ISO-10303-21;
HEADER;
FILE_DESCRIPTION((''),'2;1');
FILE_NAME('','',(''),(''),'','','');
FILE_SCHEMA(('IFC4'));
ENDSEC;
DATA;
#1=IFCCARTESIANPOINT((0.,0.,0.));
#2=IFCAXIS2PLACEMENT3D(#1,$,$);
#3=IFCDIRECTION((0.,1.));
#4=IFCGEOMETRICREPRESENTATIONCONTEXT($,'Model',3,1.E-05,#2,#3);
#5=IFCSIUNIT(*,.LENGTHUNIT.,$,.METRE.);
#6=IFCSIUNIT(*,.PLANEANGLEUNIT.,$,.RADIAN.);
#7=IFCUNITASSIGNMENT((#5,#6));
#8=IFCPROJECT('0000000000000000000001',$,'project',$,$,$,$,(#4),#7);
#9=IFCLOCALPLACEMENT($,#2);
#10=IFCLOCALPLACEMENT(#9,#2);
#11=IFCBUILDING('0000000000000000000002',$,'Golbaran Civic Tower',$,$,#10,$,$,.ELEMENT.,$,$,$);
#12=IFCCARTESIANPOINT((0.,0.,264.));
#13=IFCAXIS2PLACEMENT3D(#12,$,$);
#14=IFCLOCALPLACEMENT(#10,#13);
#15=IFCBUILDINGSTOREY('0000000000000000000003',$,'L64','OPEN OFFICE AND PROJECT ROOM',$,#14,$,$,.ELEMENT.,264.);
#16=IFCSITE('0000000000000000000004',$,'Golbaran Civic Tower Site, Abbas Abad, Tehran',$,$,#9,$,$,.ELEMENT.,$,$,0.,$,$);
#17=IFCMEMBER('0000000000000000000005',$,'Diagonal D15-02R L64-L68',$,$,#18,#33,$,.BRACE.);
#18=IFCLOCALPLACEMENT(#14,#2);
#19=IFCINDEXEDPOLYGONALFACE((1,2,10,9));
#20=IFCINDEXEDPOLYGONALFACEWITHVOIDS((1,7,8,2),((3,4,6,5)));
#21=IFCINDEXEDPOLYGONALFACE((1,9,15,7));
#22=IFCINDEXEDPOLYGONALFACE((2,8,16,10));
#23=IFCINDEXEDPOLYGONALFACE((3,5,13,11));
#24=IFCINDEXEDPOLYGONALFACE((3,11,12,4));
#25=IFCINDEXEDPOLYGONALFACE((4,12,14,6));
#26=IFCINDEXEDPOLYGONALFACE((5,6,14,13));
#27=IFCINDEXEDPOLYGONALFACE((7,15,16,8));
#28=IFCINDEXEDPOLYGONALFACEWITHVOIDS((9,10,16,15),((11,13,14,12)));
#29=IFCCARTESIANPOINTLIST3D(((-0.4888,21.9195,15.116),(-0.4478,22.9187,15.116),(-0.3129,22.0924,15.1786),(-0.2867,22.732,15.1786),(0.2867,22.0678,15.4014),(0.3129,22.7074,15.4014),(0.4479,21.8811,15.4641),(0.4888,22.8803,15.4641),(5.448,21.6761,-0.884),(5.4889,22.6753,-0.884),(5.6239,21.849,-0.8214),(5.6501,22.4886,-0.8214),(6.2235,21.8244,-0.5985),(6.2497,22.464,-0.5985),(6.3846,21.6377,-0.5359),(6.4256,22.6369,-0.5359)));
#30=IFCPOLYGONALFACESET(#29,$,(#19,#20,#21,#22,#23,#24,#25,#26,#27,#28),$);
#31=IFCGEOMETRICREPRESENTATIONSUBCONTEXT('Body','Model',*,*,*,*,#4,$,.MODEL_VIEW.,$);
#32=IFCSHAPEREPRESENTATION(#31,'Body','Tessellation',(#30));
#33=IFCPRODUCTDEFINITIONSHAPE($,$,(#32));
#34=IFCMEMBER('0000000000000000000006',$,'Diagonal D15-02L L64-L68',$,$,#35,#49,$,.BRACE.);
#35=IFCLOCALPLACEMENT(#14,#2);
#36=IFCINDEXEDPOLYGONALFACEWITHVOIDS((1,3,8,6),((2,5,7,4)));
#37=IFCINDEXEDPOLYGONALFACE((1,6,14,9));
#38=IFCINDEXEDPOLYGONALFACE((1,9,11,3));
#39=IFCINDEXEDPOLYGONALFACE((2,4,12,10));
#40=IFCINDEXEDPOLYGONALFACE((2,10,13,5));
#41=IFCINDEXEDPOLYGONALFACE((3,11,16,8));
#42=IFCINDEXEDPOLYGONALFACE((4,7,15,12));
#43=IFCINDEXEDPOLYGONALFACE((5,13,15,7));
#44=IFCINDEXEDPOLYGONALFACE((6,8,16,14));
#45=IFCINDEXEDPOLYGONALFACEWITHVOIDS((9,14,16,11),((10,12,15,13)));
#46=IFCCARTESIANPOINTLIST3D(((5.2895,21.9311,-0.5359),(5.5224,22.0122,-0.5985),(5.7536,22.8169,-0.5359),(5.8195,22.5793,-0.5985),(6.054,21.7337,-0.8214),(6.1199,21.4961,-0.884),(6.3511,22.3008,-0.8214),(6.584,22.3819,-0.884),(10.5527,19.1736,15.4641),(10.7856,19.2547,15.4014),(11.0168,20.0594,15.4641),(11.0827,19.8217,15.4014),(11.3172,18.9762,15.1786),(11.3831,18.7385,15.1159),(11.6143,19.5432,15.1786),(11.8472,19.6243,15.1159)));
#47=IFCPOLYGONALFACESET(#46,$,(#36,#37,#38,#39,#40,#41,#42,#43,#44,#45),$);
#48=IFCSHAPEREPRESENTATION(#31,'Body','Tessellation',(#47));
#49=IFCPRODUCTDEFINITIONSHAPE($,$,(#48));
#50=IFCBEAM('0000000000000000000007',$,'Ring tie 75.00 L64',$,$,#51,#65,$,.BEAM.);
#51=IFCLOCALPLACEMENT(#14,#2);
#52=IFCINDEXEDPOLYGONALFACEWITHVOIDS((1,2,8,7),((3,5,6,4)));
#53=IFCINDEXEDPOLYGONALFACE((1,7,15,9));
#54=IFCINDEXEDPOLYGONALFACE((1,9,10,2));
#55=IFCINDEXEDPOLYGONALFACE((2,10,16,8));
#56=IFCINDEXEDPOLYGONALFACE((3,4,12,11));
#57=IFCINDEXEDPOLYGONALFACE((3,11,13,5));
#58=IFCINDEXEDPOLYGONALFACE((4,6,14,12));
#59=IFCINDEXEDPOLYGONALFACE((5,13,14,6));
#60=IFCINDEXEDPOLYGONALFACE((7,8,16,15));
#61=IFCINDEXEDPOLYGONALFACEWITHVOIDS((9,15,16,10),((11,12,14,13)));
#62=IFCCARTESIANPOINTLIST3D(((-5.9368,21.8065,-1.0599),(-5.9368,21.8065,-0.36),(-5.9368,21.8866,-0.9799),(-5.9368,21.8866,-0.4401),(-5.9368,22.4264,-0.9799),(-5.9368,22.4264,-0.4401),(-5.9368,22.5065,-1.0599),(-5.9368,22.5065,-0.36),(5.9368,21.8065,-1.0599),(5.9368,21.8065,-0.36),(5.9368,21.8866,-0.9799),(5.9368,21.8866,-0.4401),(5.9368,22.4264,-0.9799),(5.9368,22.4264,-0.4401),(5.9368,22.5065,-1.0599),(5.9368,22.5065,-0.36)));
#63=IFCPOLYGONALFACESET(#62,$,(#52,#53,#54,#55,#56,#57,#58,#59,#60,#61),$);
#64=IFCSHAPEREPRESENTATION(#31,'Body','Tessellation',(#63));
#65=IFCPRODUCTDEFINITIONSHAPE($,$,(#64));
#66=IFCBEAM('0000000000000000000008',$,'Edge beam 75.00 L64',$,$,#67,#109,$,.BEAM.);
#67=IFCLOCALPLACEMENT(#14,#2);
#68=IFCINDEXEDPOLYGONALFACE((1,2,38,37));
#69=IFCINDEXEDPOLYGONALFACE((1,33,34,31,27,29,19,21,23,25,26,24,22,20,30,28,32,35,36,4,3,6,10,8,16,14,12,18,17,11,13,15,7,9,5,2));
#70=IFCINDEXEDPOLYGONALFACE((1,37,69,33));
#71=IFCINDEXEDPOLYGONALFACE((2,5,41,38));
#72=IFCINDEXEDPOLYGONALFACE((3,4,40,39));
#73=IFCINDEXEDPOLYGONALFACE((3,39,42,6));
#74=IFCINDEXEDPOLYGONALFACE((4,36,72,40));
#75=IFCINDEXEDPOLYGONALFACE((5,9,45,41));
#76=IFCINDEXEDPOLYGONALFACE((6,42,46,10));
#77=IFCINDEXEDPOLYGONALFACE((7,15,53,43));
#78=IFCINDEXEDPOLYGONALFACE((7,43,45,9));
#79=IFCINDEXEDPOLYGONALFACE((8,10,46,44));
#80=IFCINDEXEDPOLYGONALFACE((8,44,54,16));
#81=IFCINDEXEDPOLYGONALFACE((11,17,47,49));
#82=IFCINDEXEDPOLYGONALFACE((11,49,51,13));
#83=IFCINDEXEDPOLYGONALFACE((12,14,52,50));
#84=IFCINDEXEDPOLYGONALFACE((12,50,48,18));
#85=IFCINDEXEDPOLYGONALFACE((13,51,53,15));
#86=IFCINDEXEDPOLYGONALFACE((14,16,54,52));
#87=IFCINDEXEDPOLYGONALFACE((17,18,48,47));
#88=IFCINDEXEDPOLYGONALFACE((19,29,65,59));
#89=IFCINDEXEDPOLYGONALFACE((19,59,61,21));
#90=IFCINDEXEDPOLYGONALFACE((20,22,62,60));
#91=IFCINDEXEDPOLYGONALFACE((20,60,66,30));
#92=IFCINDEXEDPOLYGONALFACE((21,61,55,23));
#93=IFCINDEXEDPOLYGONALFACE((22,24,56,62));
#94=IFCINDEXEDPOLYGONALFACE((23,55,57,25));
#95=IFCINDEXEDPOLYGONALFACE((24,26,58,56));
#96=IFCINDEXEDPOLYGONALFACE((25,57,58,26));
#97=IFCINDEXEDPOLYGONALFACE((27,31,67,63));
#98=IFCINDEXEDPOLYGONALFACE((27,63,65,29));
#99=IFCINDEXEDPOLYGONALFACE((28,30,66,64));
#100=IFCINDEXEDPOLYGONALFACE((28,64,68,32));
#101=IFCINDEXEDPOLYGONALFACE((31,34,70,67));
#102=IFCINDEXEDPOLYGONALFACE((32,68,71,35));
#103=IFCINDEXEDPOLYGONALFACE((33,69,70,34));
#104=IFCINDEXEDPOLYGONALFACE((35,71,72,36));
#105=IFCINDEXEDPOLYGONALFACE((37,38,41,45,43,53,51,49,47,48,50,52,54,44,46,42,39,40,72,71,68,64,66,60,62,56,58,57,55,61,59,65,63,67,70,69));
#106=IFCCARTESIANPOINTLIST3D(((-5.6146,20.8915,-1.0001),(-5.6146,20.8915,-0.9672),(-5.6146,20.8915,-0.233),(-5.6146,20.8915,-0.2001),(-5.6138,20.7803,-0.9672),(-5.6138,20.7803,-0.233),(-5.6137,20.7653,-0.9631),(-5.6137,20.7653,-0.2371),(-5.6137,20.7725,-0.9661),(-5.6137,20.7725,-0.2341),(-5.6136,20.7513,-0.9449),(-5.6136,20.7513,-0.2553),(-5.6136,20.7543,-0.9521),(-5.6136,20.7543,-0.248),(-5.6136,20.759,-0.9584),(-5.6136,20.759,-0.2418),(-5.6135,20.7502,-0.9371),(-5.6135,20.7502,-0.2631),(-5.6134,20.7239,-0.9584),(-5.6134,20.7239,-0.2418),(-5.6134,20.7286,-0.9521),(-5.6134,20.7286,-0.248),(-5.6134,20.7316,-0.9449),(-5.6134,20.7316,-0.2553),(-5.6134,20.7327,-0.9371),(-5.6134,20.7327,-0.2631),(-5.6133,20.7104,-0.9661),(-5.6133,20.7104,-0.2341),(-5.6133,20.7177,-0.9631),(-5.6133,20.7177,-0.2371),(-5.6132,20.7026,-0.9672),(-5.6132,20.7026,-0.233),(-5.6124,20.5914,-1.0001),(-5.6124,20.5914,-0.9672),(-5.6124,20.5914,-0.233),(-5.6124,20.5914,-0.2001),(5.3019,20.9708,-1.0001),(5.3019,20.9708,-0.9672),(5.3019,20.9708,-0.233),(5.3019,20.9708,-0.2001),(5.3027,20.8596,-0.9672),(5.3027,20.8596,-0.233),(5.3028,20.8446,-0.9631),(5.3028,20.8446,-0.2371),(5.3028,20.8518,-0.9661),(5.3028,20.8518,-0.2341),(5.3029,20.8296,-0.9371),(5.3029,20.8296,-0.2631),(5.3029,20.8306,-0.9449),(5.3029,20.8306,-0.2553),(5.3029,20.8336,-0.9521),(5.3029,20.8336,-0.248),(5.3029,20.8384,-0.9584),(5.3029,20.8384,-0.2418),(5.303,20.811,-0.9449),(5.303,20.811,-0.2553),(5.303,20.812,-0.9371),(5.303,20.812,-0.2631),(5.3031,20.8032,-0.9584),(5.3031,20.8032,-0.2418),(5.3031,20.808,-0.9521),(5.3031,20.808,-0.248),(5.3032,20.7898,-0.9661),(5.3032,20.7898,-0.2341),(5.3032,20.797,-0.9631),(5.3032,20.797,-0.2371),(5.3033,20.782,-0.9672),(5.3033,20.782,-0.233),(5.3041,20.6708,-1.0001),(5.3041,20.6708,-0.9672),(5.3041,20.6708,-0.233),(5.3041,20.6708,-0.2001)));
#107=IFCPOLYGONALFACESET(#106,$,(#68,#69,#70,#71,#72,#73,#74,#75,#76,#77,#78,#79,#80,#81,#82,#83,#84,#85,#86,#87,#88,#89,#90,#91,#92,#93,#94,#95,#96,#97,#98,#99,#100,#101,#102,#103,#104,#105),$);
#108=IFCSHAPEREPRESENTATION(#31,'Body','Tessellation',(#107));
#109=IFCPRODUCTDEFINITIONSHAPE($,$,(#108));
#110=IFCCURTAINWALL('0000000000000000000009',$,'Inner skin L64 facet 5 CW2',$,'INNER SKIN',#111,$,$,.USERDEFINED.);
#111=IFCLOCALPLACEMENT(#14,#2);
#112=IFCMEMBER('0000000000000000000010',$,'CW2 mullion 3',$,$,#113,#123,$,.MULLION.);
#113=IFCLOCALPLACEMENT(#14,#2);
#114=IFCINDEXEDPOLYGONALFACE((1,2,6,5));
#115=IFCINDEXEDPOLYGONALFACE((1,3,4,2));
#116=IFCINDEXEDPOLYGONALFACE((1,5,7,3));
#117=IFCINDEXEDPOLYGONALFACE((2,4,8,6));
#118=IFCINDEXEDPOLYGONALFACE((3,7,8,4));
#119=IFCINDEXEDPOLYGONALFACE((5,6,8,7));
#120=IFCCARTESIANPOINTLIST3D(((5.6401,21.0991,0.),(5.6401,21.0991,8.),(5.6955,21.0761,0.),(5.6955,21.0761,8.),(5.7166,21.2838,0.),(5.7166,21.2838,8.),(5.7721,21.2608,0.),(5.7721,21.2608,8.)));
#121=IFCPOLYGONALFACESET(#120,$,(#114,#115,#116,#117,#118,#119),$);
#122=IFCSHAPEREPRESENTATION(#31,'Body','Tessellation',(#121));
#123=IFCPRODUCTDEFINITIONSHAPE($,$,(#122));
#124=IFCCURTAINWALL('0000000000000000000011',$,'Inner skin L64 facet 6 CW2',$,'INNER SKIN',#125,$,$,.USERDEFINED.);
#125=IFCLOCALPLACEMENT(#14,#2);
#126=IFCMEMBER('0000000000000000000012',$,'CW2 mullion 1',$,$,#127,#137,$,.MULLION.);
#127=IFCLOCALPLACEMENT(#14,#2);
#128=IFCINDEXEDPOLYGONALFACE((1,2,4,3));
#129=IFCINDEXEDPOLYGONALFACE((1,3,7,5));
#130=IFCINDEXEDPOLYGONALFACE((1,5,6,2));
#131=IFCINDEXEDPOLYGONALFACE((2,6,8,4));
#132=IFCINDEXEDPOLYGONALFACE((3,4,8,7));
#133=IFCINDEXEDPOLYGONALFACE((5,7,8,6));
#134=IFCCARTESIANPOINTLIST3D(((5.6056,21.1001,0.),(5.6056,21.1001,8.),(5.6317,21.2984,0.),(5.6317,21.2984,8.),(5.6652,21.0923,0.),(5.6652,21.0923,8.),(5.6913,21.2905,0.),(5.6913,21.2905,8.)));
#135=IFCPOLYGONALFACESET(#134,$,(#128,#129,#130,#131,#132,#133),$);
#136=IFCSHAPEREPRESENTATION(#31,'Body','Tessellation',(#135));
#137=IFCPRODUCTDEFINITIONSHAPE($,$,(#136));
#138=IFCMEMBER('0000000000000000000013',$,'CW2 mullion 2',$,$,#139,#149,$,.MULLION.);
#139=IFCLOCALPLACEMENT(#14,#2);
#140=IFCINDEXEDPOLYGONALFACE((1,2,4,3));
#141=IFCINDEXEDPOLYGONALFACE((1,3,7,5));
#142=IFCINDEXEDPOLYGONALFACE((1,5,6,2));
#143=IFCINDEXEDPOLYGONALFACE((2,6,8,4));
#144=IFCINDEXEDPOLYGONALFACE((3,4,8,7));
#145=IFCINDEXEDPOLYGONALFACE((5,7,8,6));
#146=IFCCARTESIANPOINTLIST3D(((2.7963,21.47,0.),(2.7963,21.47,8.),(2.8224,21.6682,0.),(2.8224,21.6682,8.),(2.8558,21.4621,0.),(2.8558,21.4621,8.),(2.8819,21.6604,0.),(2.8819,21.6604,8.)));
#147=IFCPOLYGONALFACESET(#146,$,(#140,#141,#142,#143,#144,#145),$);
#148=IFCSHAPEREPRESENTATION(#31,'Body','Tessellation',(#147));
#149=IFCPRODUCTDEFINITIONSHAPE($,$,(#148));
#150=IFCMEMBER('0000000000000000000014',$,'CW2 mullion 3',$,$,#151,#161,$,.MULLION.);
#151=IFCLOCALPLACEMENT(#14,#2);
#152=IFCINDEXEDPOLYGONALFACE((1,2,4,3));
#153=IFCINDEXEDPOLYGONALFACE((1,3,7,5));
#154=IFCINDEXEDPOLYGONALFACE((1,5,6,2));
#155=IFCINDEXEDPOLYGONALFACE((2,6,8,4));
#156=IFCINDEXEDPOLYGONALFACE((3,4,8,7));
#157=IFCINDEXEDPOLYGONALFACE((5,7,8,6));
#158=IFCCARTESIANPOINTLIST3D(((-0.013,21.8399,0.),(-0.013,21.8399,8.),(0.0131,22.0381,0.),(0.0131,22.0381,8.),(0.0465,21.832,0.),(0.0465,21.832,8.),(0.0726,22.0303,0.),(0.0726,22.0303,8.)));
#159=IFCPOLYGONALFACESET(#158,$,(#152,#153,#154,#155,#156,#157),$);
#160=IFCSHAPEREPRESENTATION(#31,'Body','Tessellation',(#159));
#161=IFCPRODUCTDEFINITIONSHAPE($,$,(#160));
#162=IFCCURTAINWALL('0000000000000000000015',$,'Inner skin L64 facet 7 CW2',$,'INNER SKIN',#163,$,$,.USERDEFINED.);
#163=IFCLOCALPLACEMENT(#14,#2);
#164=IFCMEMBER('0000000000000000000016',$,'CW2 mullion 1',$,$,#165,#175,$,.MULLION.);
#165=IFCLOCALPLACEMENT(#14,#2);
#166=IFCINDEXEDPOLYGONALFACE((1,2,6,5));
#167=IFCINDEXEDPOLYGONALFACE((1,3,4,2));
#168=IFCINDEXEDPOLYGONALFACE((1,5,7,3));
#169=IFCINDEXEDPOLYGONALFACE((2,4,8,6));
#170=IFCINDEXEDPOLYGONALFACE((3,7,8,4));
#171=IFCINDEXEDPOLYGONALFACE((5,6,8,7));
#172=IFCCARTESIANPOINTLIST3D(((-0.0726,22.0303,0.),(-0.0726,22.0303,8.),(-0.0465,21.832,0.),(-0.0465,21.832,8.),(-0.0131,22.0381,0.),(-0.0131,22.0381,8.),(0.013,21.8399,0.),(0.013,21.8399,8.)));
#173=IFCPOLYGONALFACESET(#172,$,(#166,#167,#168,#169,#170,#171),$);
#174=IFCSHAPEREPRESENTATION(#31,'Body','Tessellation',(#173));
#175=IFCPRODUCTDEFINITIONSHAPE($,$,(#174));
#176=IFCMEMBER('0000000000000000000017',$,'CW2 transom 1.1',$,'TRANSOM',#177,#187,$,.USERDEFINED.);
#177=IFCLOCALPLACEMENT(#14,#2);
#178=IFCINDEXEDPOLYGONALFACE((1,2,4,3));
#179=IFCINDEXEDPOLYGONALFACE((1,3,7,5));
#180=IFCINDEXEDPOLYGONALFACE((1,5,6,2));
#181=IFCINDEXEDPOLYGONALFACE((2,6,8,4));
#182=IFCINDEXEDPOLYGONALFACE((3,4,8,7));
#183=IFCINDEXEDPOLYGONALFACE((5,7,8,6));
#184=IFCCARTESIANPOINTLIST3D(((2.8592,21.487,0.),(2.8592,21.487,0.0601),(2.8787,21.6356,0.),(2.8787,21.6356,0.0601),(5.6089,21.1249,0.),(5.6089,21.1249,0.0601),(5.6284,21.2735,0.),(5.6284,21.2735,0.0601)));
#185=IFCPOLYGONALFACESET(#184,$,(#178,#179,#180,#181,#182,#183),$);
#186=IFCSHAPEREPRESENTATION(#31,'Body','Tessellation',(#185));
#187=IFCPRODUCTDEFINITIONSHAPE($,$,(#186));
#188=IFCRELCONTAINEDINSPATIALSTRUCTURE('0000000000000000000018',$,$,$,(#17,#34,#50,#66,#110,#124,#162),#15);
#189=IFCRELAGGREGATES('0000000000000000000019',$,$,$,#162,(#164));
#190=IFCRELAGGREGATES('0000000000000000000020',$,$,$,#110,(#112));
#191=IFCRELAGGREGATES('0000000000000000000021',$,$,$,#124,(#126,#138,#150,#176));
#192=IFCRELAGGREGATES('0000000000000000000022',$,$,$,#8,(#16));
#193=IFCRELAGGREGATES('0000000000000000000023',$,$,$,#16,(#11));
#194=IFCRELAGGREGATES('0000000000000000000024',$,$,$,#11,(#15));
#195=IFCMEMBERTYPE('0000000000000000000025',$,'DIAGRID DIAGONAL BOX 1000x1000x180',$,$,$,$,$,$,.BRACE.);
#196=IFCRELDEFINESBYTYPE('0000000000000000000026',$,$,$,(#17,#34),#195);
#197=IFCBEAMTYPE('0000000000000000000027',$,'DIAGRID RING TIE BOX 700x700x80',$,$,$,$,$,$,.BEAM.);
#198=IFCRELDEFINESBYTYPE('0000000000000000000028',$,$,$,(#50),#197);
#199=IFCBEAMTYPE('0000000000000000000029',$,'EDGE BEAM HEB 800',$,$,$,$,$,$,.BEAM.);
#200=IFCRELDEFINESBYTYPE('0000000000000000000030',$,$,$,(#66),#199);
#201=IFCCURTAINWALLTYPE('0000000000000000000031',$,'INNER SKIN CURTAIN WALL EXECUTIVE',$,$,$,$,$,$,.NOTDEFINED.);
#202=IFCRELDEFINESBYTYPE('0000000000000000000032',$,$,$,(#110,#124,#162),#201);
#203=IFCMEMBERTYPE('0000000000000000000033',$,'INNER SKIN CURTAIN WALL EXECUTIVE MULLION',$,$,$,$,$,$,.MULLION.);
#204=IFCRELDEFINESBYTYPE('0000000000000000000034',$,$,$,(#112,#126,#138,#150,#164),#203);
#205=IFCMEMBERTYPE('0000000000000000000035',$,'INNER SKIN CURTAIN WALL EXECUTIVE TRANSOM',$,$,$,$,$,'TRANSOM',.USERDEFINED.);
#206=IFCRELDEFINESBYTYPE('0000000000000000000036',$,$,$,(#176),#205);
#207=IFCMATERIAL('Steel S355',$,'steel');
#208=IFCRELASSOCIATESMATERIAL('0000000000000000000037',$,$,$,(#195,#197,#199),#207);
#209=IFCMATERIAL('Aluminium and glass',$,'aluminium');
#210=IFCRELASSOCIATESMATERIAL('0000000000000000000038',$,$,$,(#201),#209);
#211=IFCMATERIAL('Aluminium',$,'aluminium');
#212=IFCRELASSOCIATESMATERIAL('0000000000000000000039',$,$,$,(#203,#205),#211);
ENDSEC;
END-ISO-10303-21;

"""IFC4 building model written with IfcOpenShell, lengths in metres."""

from ifc_helpers import new_model, si_unit, direction, frame, origin, origin_2d, place, context, subcontext, project, spatial, rectangle, hollow_rectangle, i_section, extrude, material, material_profile, profile_set, type_object, element, aggregate, save


model = new_model("IFC4")

# Units and contexts
model_context = context("Model", 3, precision=1e-05, world=origin(), true_north=direction((0.0, 1.0)))
body_context = subcontext(model_context, "Body", "Model", "MODEL_VIEW")
ifc_project = project(units=[si_unit("LENGTHUNIT", "METRE"), si_unit("PLANEANGLEUNIT", "RADIAN")], contexts=[model_context])

# Site, building, storey
site_placement = place(None, origin())
site = spatial("IfcSite", under=ifc_project, at=site_placement, Name="Golbaran Civic Tower Site, Abbas Abad, Tehran", CompositionType="ELEMENT", RefElevation=0.0)
building_placement = place(site_placement, origin())
building = spatial("IfcBuilding", under=site, at=building_placement, Name="Golbaran Civic Tower", CompositionType="ELEMENT")
storey_placement = place(building_placement, frame((0.0, 0.0, 264.0)))
storey = spatial("IfcBuildingStorey", under=building, at=storey_placement, Name="L64", Description="OPEN OFFICE AND PROJECT ROOM", CompositionType="ELEMENT", Elevation=264.0)

# Members
ifc_material_1 = material(Name="Steel S355", Category="steel")
ifc_material_profile_1 = material_profile(ifc_material_1, hollow_rectangle(XDim=1.0, YDim=1.0, WallThickness=0.1799, at=origin_2d()), Name="BOX 1000x1000x180")
ifc_profile_set_1 = profile_set([ifc_material_profile_1], Name="Steel S355")
member_type_1 = type_object("IfcMemberType", Name="DIAGRID DIAGONAL BOX 1000x1000x180", PredefinedType="BRACE", material=ifc_profile_set_1)
for number, where, z_axis, x_axis, name in (
    (1, (5.9368, 22.1565, -0.71), (-0.347838, 0.014261, 0.937446), (-0.040966, -0.999161, 0.0), "Diagonal D15-02R L64-L68"),
    (2, (5.9368, 22.1565, -0.71), (0.308372, -0.161567, 0.937445), (0.464095, 0.885786, 0.0), "Diagonal D15-02L L64-L68"),
):
    element("IfcMember", number, at=place(storey_placement, frame(where, z_axis=z_axis, x_axis=x_axis)), inside=storey, type_object=member_type_1, Name=name, PredefinedType="BRACE", context=body_context, shape_type="SweptSolid", body=[
        extrude(hollow_rectangle(XDim=1.0, YDim=1.0, WallThickness=0.1799, at=origin_2d()), origin(), (0.0, 0.0, 1.0), 17.0676),
    ])

# Beams
ifc_material_profile_2 = material_profile(ifc_material_1, hollow_rectangle(XDim=0.7, YDim=0.7, WallThickness=0.0801, at=origin_2d()), Name="BOX 700x700x80")
ifc_profile_set_2 = profile_set([ifc_material_profile_2], Name="Steel S355")
beam_type_1 = type_object("IfcBeamType", Name="DIAGRID RING TIE BOX 700x700x80", PredefinedType="BEAM", material=ifc_profile_set_2)
beam_1_placement = place(storey_placement, frame((5.9368, 22.1565, -0.71), z_axis=(-1.0, 0.0, 0.0), x_axis=(0.0, -1.0, 0.0)))
element("IfcBeam", 3, at=beam_1_placement, inside=storey, type_object=beam_type_1, Name="Ring tie 75.00 L64", PredefinedType="BEAM", context=body_context, shape_type="SweptSolid", body=[
    extrude(hollow_rectangle(XDim=0.7, YDim=0.7, WallThickness=0.0801, at=origin_2d()), origin(), (0.0, 0.0, 1.0), 11.8735),
])
ifc_material_profile_3 = material_profile(ifc_material_1, i_section(OverallWidth=0.3, OverallDepth=0.8, WebThickness=0.0176, FlangeThickness=0.033, FilletRadius=0.03, at=origin_2d()), Name="HEB 800")
ifc_profile_set_3 = profile_set([ifc_material_profile_3], Name="Steel S355")
beam_type_2 = type_object("IfcBeamType", Name="EDGE BEAM HEB 800", PredefinedType="BEAM", material=ifc_profile_set_3)
beam_2_placement = place(storey_placement, frame((5.303, 20.8208, -0.6001), z_axis=(-0.999974, -0.007268, 0.0), x_axis=(0.007268, -0.999974, 0.0)))
element("IfcBeam", 4, at=beam_2_placement, inside=storey, type_object=beam_type_2, Name="Edge beam 75.00 L64", PredefinedType="BEAM", context=body_context, shape_type="SweptSolid", body=[
    extrude(i_section(OverallWidth=0.3, OverallDepth=0.8, WebThickness=0.0176, FlangeThickness=0.033, FilletRadius=0.03, at=origin_2d()), origin(), (0.0, 0.0, 1.0), 10.9167),
])

# Curtain wall, member
ifc_material_2 = material(Name="Aluminium and glass", Category="aluminium")
curtain_wall_type_1 = type_object("IfcCurtainWallType", Name="INNER SKIN CURTAIN WALL EXECUTIVE", PredefinedType="NOTDEFINED", material=ifc_material_2)
curtain_wall_1_placement = place(storey_placement, origin())
curtain_wall_1 = element("IfcCurtainWall", 5, at=curtain_wall_1_placement, inside=storey, type_object=curtain_wall_type_1, Name="Inner skin L64 facet 5 CW2", ObjectType="INNER SKIN", PredefinedType="USERDEFINED")
ifc_material_3 = material(Name="Aluminium", Category="aluminium")
ifc_material_profile_4 = material_profile(ifc_material_3, rectangle(XDim=0.2, YDim=0.0601, at=origin_2d()), Name="INNER SKIN CURTAIN WALL EXECUTIVE MULLION")
ifc_profile_set_4 = profile_set([ifc_material_profile_4], Name="Aluminium")
member_type_2 = type_object("IfcMemberType", Name="INNER SKIN CURTAIN WALL EXECUTIVE MULLION", PredefinedType="MULLION", material=ifc_profile_set_4)
member_1_placement = place(storey_placement, frame((5.7061, 21.1799, 0.0), z_axis=(0.0, 0.0, 1.0), x_axis=(-0.382683, -0.92388, 0.0)))
member_1 = element("IfcMember", 6, at=member_1_placement, type_object=member_type_2, Name="CW2 mullion 3", PredefinedType="MULLION", context=body_context, shape_type="SweptSolid", body=[
    extrude(rectangle(XDim=0.2, YDim=0.0601, at=origin_2d()), origin(), (0.0, 0.0, 1.0), 8.0),
])

# Curtain wall, members
curtain_wall_2_placement = place(storey_placement, origin())
curtain_wall_2 = element("IfcCurtainWall", 7, at=curtain_wall_2_placement, inside=storey, type_object=curtain_wall_type_1, Name="Inner skin L64 facet 6 CW2", ObjectType="INNER SKIN", PredefinedType="USERDEFINED")
member_2_placement = place(storey_placement, frame((5.6484, 21.1953, 0.0), z_axis=(0.0, 0.0, 1.0), x_axis=(-0.130526, -0.991445, 0.0)))
member_2 = element("IfcMember", 8, at=member_2_placement, type_object=member_type_2, Name="CW2 mullion 1", PredefinedType="MULLION", context=body_context, shape_type="SweptSolid", body=[
    extrude(rectangle(XDim=0.2, YDim=0.0601, at=origin_2d()), origin(), (0.0, 0.0, 1.0), 8.0),
])
member_3_placement = place(storey_placement, frame((2.8391, 21.5652, 0.0), z_axis=(0.0, 0.0, 1.0), x_axis=(-0.130526, -0.991445, 0.0)))
member_3 = element("IfcMember", 9, at=member_3_placement, type_object=member_type_2, Name="CW2 mullion 2", PredefinedType="MULLION", context=body_context, shape_type="SweptSolid", body=[
    extrude(rectangle(XDim=0.2, YDim=0.0601, at=origin_2d()), origin(), (0.0, 0.0, 1.0), 8.0),
])
member_4_placement = place(storey_placement, frame((0.0298, 21.9351, 0.0), z_axis=(0.0, 0.0, 1.0), x_axis=(-0.130526, -0.991445, 0.0)))
member_4 = element("IfcMember", 10, at=member_4_placement, type_object=member_type_2, Name="CW2 mullion 3", PredefinedType="MULLION", context=body_context, shape_type="SweptSolid", body=[
    extrude(rectangle(XDim=0.2, YDim=0.0601, at=origin_2d()), origin(), (0.0, 0.0, 1.0), 8.0),
])

# Curtain wall, member
curtain_wall_3_placement = place(storey_placement, origin())
curtain_wall_3 = element("IfcCurtainWall", 11, at=curtain_wall_3_placement, inside=storey, type_object=curtain_wall_type_1, Name="Inner skin L64 facet 7 CW2", ObjectType="INNER SKIN", PredefinedType="USERDEFINED")
member_5_placement = place(storey_placement, frame((-0.0298, 21.9351, 0.0), z_axis=(0.0, 0.0, 1.0), x_axis=(0.130526, -0.991445, 0.0)))
member_5 = element("IfcMember", 12, at=member_5_placement, type_object=member_type_2, Name="CW2 mullion 1", PredefinedType="MULLION", context=body_context, shape_type="SweptSolid", body=[
    extrude(rectangle(XDim=0.2, YDim=0.0601, at=origin_2d()), origin(), (0.0, 0.0, 1.0), 8.0),
])
aggregate(curtain_wall_3, [member_5])

# Member
ifc_material_profile_5 = material_profile(ifc_material_3, rectangle(XDim=0.1499, YDim=0.0601, at=origin_2d()), Name="INNER SKIN CURTAIN WALL EXECUTIVE TRANSOM")
ifc_profile_set_5 = profile_set([ifc_material_profile_5], Name="Aluminium")
member_type_3 = type_object("IfcMemberType", Name="INNER SKIN CURTAIN WALL EXECUTIVE TRANSOM", ElementType="TRANSOM", PredefinedType="USERDEFINED", material=ifc_profile_set_5)
member_6_placement = place(storey_placement, frame((5.6187, 21.1992, 0.03), z_axis=(-0.991443, 0.130543, 0.0), x_axis=(-0.130543, -0.991443, 0.0)))
member_6 = element("IfcMember", 13, at=member_6_placement, type_object=member_type_3, Name="CW2 transom 1.1", ObjectType="TRANSOM", PredefinedType="USERDEFINED", context=body_context, shape_type="SweptSolid", body=[
    extrude(rectangle(XDim=0.1499, YDim=0.0601, at=origin_2d()), origin(), (0.0, 0.0, 1.0), 2.7734),
])

aggregate(curtain_wall_1, [member_1])
aggregate(curtain_wall_2, [member_2, member_3, member_4, member_6])

save(model, "model.ifc")
